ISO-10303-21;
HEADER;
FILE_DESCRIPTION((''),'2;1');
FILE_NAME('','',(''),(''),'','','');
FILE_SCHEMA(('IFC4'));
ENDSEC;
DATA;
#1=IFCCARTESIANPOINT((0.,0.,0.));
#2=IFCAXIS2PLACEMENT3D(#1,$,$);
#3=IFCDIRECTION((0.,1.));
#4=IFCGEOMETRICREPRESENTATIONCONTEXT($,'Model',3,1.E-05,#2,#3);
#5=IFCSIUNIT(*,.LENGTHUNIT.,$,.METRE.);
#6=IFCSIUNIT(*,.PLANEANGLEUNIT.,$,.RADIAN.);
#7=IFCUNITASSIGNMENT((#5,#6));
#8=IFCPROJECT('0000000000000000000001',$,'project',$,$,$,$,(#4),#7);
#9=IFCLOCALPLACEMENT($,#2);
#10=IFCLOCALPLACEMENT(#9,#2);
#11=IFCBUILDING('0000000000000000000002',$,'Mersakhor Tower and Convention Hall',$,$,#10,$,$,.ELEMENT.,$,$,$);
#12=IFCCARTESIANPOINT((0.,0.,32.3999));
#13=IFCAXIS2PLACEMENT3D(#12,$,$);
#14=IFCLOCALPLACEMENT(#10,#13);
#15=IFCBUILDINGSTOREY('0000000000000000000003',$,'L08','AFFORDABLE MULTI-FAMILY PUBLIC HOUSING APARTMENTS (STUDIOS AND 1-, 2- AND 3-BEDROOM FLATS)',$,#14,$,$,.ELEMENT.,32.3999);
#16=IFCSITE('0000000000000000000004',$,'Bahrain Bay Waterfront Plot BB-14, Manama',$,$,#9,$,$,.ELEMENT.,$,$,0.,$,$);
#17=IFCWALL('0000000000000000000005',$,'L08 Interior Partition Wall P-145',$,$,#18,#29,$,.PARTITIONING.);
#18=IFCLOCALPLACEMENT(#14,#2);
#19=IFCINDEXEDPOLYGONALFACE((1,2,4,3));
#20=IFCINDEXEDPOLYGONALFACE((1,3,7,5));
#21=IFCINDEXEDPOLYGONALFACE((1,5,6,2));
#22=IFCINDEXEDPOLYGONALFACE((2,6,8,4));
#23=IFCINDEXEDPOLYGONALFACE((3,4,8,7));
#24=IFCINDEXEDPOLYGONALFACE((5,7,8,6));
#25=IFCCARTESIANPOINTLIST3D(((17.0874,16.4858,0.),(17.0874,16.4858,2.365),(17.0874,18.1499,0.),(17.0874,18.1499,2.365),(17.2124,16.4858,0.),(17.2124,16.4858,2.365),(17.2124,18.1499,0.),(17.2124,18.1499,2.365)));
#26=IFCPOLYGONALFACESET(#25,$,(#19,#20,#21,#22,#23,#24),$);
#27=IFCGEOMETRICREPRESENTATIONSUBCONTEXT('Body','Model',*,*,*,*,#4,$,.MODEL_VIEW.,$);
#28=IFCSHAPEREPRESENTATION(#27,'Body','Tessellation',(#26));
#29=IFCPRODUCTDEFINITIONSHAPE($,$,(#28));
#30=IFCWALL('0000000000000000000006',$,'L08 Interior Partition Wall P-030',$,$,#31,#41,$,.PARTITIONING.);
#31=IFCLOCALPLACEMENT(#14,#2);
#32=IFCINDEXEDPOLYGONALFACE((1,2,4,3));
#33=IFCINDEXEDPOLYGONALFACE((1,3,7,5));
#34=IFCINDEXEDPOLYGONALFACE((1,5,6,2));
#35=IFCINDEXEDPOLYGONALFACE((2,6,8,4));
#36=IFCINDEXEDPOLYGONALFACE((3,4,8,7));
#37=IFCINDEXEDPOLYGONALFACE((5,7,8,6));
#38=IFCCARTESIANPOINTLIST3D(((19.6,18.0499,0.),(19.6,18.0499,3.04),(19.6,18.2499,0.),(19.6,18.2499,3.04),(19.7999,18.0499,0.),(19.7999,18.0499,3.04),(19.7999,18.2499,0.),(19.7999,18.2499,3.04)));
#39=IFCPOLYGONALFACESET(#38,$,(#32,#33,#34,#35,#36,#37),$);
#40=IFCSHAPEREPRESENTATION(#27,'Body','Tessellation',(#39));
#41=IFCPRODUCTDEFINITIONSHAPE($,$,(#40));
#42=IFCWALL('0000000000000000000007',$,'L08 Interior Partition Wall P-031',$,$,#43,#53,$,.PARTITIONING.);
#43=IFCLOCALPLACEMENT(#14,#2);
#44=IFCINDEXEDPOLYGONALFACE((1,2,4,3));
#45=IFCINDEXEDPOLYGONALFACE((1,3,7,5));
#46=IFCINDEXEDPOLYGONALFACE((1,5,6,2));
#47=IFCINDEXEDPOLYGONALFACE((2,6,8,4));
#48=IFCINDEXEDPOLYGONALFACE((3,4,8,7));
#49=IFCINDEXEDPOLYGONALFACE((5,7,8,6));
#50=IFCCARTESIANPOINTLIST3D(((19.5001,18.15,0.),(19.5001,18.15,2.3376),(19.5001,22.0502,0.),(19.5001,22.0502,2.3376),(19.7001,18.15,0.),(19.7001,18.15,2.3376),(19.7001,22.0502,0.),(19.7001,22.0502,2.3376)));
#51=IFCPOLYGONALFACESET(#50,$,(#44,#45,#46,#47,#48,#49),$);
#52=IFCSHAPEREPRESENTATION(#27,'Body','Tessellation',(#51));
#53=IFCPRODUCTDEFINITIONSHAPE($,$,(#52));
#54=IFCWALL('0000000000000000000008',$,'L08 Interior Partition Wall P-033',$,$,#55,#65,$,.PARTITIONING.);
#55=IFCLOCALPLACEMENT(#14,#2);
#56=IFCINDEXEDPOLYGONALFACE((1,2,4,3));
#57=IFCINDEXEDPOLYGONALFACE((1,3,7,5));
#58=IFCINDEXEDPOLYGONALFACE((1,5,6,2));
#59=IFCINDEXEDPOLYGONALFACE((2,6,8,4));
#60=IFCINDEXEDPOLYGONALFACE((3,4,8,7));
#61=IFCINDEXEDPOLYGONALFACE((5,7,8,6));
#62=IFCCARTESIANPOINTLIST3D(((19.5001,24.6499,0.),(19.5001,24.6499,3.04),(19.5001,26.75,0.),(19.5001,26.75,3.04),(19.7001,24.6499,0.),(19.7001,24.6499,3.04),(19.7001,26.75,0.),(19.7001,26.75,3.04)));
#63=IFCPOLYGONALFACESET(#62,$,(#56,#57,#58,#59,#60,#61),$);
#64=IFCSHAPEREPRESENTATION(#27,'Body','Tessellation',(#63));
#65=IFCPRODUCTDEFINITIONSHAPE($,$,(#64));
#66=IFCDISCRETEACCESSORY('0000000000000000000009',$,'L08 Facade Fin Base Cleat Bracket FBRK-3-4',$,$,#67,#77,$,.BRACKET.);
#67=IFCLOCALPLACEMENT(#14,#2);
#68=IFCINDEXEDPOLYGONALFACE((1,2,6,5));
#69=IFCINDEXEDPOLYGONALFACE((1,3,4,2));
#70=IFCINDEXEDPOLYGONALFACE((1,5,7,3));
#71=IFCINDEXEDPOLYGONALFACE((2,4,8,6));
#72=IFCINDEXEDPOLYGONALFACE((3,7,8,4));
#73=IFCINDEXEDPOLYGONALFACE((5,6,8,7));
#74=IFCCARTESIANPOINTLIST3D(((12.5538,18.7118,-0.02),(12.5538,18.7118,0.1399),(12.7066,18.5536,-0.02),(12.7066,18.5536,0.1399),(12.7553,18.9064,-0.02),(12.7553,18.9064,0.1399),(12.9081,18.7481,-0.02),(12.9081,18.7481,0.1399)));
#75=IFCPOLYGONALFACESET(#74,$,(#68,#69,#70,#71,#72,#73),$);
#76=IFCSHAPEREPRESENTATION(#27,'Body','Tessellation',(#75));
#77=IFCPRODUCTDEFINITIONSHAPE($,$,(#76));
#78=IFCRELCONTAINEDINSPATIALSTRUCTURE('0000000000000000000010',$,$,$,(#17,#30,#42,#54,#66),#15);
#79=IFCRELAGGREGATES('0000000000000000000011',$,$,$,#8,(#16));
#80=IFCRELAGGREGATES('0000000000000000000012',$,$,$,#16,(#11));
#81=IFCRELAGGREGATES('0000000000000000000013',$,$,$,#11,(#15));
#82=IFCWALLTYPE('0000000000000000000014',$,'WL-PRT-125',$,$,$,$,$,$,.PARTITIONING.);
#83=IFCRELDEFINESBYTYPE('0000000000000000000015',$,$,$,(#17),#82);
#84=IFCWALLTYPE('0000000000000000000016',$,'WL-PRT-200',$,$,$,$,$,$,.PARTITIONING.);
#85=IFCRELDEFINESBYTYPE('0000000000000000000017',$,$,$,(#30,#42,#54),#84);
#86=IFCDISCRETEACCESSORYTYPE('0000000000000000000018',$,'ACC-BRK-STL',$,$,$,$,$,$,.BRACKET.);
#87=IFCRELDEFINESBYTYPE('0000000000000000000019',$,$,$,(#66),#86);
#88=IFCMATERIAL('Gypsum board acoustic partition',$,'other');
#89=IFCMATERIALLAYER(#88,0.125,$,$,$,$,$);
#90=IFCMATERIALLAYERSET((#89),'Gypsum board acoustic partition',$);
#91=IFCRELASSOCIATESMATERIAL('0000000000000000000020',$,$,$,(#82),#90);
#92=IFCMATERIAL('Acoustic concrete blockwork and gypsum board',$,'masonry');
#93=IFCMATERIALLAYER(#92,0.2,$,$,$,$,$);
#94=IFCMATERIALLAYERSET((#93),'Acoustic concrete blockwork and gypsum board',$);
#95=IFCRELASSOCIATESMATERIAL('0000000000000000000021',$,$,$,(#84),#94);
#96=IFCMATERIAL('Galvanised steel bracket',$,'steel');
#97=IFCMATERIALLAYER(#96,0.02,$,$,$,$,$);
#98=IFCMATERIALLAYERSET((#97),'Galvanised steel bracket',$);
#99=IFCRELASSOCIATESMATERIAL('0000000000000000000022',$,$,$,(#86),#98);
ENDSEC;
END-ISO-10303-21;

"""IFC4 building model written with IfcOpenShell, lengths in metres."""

from ifc_helpers import new_model, si_unit, direction, frame, frame_2d, origin, origin_2d, place, context, subcontext, project, spatial, rectangle, extrude, material, layer, layer_set, type_object, element, save


model = new_model("IFC4")

# Units and contexts
model_context = context("Model", 3, precision=1e-05, world=origin(), true_north=direction((0.0, 1.0)))
body_context = subcontext(model_context, "Body", "Model", "MODEL_VIEW")
ifc_project = project(units=[si_unit("LENGTHUNIT", "METRE"), si_unit("PLANEANGLEUNIT", "RADIAN")], contexts=[model_context])

# Site, building, storey
site_placement = place(None, origin())
site = spatial("IfcSite", under=ifc_project, at=site_placement, Name="Bahrain Bay Waterfront Plot BB-14, Manama", CompositionType="ELEMENT", RefElevation=0.0)
building_placement = place(site_placement, origin())
building = spatial("IfcBuilding", under=site, at=building_placement, Name="Mersakhor Tower and Convention Hall", CompositionType="ELEMENT")
storey_placement = place(building_placement, frame((0.0, 0.0, 32.3999)))
storey = spatial("IfcBuildingStorey", under=building, at=storey_placement, Name="L08", Description="AFFORDABLE MULTI-FAMILY PUBLIC HOUSING APARTMENTS (STUDIOS AND 1-, 2- AND 3-BEDROOM FLATS)", CompositionType="ELEMENT", Elevation=32.3999)

# Shared definitions
ifc_material_1 = material(Name="Gypsum board acoustic partition", Category="other")
ifc_layer_1 = layer(ifc_material_1, 0.125)
ifc_layer_set_1 = layer_set([ifc_layer_1], Name="Gypsum board acoustic partition")
wall_type_1 = type_object("IfcWallType", Name="WL-PRT-125", PredefinedType="PARTITIONING", material=ifc_layer_set_1)

# Walls
wall_1_placement = place(storey_placement, frame((17.1499, 18.1499, 0.0), z_axis=(0.0, 0.0, 1.0), x_axis=(0.0, -1.0, 0.0)))
element("IfcWall", 1, at=wall_1_placement, inside=storey, type_object=wall_type_1, Name="L08 Interior Partition Wall P-145", PredefinedType="PARTITIONING", context=body_context, shape_type="SweptSolid", body=[
    extrude(rectangle(XDim=1.6641, YDim=0.125, at=frame_2d((0.832, 0.0))), origin(), (0.0, 0.0, 1.0), 2.365),
])
ifc_material_2 = material(Name="Acoustic concrete blockwork and gypsum board", Category="masonry")
ifc_layer_2 = layer(ifc_material_2, 0.2)
ifc_layer_set_2 = layer_set([ifc_layer_2], Name="Acoustic concrete blockwork and gypsum board")
wall_type_2 = type_object("IfcWallType", Name="WL-PRT-200", PredefinedType="PARTITIONING", material=ifc_layer_set_2)
wall_2_placement = place(storey_placement, frame((19.8, 18.1499, 0.0), z_axis=(0.0, 0.0, 1.0), x_axis=(-1.0, 0.0, 0.0)))
element("IfcWall", 2, at=wall_2_placement, inside=storey, type_object=wall_type_2, Name="L08 Interior Partition Wall P-030", PredefinedType="PARTITIONING", context=body_context, shape_type="SweptSolid", body=[
    extrude(rectangle(XDim=0.2, YDim=0.2, at=frame_2d((0.1001, 0.0))), origin(), (0.0, 0.0, 1.0), 3.04),
])
wall_3_placement = place(storey_placement, frame((19.6001, 18.1499, 0.0), z_axis=(0.0, 0.0, 1.0), x_axis=(0.0, 1.0, 0.0)))
element("IfcWall", 3, at=wall_3_placement, inside=storey, type_object=wall_type_2, Name="L08 Interior Partition Wall P-031", PredefinedType="PARTITIONING", context=body_context, shape_type="SweptSolid", body=[
    extrude(rectangle(XDim=3.9001, YDim=0.2, at=frame_2d((1.9502, 0.0))), origin(), (0.0, 0.0, 1.0), 2.3376),
])

# Wall
wall_4_placement = place(storey_placement, frame((19.6001, 24.6499, 0.0), z_axis=(0.0, 0.0, 1.0), x_axis=(0.0, 1.0, 0.0)))
element("IfcWall", 4, at=wall_4_placement, inside=storey, type_object=wall_type_2, Name="L08 Interior Partition Wall P-033", PredefinedType="PARTITIONING", context=body_context, shape_type="SweptSolid", body=[
    extrude(rectangle(XDim=2.1001, YDim=0.2, at=frame_2d((1.05, 0.0))), origin(), (0.0, 0.0, 1.0), 3.04),
])

# Discrete accessory
ifc_material_3 = material(Name="Galvanised steel bracket", Category="steel")
ifc_layer_3 = layer(ifc_material_3, 0.02)
ifc_layer_set_3 = layer_set([ifc_layer_3], Name="Galvanised steel bracket")
discrete_accessory_type = type_object("IfcDiscreteAccessoryType", Name="ACC-BRK-STL", PredefinedType="BRACKET", material=ifc_layer_set_3)
discrete_accessory_placement = place(storey_placement, frame((12.731, 18.73, -0.02), z_axis=(0.0, 0.0, 1.0), x_axis=(-0.71934, -0.694658, 0.0)))
element("IfcDiscreteAccessory", 5, at=discrete_accessory_placement, inside=storey, type_object=discrete_accessory_type, Name="L08 Facade Fin Base Cleat Bracket FBRK-3-4", PredefinedType="BRACKET", context=body_context, shape_type="SweptSolid", body=[
    extrude(rectangle(XDim=0.28, YDim=0.22, at=origin_2d()), origin(), (0.0, 0.0, 1.0), 0.1599),
])

save(model, "model.ifc")
